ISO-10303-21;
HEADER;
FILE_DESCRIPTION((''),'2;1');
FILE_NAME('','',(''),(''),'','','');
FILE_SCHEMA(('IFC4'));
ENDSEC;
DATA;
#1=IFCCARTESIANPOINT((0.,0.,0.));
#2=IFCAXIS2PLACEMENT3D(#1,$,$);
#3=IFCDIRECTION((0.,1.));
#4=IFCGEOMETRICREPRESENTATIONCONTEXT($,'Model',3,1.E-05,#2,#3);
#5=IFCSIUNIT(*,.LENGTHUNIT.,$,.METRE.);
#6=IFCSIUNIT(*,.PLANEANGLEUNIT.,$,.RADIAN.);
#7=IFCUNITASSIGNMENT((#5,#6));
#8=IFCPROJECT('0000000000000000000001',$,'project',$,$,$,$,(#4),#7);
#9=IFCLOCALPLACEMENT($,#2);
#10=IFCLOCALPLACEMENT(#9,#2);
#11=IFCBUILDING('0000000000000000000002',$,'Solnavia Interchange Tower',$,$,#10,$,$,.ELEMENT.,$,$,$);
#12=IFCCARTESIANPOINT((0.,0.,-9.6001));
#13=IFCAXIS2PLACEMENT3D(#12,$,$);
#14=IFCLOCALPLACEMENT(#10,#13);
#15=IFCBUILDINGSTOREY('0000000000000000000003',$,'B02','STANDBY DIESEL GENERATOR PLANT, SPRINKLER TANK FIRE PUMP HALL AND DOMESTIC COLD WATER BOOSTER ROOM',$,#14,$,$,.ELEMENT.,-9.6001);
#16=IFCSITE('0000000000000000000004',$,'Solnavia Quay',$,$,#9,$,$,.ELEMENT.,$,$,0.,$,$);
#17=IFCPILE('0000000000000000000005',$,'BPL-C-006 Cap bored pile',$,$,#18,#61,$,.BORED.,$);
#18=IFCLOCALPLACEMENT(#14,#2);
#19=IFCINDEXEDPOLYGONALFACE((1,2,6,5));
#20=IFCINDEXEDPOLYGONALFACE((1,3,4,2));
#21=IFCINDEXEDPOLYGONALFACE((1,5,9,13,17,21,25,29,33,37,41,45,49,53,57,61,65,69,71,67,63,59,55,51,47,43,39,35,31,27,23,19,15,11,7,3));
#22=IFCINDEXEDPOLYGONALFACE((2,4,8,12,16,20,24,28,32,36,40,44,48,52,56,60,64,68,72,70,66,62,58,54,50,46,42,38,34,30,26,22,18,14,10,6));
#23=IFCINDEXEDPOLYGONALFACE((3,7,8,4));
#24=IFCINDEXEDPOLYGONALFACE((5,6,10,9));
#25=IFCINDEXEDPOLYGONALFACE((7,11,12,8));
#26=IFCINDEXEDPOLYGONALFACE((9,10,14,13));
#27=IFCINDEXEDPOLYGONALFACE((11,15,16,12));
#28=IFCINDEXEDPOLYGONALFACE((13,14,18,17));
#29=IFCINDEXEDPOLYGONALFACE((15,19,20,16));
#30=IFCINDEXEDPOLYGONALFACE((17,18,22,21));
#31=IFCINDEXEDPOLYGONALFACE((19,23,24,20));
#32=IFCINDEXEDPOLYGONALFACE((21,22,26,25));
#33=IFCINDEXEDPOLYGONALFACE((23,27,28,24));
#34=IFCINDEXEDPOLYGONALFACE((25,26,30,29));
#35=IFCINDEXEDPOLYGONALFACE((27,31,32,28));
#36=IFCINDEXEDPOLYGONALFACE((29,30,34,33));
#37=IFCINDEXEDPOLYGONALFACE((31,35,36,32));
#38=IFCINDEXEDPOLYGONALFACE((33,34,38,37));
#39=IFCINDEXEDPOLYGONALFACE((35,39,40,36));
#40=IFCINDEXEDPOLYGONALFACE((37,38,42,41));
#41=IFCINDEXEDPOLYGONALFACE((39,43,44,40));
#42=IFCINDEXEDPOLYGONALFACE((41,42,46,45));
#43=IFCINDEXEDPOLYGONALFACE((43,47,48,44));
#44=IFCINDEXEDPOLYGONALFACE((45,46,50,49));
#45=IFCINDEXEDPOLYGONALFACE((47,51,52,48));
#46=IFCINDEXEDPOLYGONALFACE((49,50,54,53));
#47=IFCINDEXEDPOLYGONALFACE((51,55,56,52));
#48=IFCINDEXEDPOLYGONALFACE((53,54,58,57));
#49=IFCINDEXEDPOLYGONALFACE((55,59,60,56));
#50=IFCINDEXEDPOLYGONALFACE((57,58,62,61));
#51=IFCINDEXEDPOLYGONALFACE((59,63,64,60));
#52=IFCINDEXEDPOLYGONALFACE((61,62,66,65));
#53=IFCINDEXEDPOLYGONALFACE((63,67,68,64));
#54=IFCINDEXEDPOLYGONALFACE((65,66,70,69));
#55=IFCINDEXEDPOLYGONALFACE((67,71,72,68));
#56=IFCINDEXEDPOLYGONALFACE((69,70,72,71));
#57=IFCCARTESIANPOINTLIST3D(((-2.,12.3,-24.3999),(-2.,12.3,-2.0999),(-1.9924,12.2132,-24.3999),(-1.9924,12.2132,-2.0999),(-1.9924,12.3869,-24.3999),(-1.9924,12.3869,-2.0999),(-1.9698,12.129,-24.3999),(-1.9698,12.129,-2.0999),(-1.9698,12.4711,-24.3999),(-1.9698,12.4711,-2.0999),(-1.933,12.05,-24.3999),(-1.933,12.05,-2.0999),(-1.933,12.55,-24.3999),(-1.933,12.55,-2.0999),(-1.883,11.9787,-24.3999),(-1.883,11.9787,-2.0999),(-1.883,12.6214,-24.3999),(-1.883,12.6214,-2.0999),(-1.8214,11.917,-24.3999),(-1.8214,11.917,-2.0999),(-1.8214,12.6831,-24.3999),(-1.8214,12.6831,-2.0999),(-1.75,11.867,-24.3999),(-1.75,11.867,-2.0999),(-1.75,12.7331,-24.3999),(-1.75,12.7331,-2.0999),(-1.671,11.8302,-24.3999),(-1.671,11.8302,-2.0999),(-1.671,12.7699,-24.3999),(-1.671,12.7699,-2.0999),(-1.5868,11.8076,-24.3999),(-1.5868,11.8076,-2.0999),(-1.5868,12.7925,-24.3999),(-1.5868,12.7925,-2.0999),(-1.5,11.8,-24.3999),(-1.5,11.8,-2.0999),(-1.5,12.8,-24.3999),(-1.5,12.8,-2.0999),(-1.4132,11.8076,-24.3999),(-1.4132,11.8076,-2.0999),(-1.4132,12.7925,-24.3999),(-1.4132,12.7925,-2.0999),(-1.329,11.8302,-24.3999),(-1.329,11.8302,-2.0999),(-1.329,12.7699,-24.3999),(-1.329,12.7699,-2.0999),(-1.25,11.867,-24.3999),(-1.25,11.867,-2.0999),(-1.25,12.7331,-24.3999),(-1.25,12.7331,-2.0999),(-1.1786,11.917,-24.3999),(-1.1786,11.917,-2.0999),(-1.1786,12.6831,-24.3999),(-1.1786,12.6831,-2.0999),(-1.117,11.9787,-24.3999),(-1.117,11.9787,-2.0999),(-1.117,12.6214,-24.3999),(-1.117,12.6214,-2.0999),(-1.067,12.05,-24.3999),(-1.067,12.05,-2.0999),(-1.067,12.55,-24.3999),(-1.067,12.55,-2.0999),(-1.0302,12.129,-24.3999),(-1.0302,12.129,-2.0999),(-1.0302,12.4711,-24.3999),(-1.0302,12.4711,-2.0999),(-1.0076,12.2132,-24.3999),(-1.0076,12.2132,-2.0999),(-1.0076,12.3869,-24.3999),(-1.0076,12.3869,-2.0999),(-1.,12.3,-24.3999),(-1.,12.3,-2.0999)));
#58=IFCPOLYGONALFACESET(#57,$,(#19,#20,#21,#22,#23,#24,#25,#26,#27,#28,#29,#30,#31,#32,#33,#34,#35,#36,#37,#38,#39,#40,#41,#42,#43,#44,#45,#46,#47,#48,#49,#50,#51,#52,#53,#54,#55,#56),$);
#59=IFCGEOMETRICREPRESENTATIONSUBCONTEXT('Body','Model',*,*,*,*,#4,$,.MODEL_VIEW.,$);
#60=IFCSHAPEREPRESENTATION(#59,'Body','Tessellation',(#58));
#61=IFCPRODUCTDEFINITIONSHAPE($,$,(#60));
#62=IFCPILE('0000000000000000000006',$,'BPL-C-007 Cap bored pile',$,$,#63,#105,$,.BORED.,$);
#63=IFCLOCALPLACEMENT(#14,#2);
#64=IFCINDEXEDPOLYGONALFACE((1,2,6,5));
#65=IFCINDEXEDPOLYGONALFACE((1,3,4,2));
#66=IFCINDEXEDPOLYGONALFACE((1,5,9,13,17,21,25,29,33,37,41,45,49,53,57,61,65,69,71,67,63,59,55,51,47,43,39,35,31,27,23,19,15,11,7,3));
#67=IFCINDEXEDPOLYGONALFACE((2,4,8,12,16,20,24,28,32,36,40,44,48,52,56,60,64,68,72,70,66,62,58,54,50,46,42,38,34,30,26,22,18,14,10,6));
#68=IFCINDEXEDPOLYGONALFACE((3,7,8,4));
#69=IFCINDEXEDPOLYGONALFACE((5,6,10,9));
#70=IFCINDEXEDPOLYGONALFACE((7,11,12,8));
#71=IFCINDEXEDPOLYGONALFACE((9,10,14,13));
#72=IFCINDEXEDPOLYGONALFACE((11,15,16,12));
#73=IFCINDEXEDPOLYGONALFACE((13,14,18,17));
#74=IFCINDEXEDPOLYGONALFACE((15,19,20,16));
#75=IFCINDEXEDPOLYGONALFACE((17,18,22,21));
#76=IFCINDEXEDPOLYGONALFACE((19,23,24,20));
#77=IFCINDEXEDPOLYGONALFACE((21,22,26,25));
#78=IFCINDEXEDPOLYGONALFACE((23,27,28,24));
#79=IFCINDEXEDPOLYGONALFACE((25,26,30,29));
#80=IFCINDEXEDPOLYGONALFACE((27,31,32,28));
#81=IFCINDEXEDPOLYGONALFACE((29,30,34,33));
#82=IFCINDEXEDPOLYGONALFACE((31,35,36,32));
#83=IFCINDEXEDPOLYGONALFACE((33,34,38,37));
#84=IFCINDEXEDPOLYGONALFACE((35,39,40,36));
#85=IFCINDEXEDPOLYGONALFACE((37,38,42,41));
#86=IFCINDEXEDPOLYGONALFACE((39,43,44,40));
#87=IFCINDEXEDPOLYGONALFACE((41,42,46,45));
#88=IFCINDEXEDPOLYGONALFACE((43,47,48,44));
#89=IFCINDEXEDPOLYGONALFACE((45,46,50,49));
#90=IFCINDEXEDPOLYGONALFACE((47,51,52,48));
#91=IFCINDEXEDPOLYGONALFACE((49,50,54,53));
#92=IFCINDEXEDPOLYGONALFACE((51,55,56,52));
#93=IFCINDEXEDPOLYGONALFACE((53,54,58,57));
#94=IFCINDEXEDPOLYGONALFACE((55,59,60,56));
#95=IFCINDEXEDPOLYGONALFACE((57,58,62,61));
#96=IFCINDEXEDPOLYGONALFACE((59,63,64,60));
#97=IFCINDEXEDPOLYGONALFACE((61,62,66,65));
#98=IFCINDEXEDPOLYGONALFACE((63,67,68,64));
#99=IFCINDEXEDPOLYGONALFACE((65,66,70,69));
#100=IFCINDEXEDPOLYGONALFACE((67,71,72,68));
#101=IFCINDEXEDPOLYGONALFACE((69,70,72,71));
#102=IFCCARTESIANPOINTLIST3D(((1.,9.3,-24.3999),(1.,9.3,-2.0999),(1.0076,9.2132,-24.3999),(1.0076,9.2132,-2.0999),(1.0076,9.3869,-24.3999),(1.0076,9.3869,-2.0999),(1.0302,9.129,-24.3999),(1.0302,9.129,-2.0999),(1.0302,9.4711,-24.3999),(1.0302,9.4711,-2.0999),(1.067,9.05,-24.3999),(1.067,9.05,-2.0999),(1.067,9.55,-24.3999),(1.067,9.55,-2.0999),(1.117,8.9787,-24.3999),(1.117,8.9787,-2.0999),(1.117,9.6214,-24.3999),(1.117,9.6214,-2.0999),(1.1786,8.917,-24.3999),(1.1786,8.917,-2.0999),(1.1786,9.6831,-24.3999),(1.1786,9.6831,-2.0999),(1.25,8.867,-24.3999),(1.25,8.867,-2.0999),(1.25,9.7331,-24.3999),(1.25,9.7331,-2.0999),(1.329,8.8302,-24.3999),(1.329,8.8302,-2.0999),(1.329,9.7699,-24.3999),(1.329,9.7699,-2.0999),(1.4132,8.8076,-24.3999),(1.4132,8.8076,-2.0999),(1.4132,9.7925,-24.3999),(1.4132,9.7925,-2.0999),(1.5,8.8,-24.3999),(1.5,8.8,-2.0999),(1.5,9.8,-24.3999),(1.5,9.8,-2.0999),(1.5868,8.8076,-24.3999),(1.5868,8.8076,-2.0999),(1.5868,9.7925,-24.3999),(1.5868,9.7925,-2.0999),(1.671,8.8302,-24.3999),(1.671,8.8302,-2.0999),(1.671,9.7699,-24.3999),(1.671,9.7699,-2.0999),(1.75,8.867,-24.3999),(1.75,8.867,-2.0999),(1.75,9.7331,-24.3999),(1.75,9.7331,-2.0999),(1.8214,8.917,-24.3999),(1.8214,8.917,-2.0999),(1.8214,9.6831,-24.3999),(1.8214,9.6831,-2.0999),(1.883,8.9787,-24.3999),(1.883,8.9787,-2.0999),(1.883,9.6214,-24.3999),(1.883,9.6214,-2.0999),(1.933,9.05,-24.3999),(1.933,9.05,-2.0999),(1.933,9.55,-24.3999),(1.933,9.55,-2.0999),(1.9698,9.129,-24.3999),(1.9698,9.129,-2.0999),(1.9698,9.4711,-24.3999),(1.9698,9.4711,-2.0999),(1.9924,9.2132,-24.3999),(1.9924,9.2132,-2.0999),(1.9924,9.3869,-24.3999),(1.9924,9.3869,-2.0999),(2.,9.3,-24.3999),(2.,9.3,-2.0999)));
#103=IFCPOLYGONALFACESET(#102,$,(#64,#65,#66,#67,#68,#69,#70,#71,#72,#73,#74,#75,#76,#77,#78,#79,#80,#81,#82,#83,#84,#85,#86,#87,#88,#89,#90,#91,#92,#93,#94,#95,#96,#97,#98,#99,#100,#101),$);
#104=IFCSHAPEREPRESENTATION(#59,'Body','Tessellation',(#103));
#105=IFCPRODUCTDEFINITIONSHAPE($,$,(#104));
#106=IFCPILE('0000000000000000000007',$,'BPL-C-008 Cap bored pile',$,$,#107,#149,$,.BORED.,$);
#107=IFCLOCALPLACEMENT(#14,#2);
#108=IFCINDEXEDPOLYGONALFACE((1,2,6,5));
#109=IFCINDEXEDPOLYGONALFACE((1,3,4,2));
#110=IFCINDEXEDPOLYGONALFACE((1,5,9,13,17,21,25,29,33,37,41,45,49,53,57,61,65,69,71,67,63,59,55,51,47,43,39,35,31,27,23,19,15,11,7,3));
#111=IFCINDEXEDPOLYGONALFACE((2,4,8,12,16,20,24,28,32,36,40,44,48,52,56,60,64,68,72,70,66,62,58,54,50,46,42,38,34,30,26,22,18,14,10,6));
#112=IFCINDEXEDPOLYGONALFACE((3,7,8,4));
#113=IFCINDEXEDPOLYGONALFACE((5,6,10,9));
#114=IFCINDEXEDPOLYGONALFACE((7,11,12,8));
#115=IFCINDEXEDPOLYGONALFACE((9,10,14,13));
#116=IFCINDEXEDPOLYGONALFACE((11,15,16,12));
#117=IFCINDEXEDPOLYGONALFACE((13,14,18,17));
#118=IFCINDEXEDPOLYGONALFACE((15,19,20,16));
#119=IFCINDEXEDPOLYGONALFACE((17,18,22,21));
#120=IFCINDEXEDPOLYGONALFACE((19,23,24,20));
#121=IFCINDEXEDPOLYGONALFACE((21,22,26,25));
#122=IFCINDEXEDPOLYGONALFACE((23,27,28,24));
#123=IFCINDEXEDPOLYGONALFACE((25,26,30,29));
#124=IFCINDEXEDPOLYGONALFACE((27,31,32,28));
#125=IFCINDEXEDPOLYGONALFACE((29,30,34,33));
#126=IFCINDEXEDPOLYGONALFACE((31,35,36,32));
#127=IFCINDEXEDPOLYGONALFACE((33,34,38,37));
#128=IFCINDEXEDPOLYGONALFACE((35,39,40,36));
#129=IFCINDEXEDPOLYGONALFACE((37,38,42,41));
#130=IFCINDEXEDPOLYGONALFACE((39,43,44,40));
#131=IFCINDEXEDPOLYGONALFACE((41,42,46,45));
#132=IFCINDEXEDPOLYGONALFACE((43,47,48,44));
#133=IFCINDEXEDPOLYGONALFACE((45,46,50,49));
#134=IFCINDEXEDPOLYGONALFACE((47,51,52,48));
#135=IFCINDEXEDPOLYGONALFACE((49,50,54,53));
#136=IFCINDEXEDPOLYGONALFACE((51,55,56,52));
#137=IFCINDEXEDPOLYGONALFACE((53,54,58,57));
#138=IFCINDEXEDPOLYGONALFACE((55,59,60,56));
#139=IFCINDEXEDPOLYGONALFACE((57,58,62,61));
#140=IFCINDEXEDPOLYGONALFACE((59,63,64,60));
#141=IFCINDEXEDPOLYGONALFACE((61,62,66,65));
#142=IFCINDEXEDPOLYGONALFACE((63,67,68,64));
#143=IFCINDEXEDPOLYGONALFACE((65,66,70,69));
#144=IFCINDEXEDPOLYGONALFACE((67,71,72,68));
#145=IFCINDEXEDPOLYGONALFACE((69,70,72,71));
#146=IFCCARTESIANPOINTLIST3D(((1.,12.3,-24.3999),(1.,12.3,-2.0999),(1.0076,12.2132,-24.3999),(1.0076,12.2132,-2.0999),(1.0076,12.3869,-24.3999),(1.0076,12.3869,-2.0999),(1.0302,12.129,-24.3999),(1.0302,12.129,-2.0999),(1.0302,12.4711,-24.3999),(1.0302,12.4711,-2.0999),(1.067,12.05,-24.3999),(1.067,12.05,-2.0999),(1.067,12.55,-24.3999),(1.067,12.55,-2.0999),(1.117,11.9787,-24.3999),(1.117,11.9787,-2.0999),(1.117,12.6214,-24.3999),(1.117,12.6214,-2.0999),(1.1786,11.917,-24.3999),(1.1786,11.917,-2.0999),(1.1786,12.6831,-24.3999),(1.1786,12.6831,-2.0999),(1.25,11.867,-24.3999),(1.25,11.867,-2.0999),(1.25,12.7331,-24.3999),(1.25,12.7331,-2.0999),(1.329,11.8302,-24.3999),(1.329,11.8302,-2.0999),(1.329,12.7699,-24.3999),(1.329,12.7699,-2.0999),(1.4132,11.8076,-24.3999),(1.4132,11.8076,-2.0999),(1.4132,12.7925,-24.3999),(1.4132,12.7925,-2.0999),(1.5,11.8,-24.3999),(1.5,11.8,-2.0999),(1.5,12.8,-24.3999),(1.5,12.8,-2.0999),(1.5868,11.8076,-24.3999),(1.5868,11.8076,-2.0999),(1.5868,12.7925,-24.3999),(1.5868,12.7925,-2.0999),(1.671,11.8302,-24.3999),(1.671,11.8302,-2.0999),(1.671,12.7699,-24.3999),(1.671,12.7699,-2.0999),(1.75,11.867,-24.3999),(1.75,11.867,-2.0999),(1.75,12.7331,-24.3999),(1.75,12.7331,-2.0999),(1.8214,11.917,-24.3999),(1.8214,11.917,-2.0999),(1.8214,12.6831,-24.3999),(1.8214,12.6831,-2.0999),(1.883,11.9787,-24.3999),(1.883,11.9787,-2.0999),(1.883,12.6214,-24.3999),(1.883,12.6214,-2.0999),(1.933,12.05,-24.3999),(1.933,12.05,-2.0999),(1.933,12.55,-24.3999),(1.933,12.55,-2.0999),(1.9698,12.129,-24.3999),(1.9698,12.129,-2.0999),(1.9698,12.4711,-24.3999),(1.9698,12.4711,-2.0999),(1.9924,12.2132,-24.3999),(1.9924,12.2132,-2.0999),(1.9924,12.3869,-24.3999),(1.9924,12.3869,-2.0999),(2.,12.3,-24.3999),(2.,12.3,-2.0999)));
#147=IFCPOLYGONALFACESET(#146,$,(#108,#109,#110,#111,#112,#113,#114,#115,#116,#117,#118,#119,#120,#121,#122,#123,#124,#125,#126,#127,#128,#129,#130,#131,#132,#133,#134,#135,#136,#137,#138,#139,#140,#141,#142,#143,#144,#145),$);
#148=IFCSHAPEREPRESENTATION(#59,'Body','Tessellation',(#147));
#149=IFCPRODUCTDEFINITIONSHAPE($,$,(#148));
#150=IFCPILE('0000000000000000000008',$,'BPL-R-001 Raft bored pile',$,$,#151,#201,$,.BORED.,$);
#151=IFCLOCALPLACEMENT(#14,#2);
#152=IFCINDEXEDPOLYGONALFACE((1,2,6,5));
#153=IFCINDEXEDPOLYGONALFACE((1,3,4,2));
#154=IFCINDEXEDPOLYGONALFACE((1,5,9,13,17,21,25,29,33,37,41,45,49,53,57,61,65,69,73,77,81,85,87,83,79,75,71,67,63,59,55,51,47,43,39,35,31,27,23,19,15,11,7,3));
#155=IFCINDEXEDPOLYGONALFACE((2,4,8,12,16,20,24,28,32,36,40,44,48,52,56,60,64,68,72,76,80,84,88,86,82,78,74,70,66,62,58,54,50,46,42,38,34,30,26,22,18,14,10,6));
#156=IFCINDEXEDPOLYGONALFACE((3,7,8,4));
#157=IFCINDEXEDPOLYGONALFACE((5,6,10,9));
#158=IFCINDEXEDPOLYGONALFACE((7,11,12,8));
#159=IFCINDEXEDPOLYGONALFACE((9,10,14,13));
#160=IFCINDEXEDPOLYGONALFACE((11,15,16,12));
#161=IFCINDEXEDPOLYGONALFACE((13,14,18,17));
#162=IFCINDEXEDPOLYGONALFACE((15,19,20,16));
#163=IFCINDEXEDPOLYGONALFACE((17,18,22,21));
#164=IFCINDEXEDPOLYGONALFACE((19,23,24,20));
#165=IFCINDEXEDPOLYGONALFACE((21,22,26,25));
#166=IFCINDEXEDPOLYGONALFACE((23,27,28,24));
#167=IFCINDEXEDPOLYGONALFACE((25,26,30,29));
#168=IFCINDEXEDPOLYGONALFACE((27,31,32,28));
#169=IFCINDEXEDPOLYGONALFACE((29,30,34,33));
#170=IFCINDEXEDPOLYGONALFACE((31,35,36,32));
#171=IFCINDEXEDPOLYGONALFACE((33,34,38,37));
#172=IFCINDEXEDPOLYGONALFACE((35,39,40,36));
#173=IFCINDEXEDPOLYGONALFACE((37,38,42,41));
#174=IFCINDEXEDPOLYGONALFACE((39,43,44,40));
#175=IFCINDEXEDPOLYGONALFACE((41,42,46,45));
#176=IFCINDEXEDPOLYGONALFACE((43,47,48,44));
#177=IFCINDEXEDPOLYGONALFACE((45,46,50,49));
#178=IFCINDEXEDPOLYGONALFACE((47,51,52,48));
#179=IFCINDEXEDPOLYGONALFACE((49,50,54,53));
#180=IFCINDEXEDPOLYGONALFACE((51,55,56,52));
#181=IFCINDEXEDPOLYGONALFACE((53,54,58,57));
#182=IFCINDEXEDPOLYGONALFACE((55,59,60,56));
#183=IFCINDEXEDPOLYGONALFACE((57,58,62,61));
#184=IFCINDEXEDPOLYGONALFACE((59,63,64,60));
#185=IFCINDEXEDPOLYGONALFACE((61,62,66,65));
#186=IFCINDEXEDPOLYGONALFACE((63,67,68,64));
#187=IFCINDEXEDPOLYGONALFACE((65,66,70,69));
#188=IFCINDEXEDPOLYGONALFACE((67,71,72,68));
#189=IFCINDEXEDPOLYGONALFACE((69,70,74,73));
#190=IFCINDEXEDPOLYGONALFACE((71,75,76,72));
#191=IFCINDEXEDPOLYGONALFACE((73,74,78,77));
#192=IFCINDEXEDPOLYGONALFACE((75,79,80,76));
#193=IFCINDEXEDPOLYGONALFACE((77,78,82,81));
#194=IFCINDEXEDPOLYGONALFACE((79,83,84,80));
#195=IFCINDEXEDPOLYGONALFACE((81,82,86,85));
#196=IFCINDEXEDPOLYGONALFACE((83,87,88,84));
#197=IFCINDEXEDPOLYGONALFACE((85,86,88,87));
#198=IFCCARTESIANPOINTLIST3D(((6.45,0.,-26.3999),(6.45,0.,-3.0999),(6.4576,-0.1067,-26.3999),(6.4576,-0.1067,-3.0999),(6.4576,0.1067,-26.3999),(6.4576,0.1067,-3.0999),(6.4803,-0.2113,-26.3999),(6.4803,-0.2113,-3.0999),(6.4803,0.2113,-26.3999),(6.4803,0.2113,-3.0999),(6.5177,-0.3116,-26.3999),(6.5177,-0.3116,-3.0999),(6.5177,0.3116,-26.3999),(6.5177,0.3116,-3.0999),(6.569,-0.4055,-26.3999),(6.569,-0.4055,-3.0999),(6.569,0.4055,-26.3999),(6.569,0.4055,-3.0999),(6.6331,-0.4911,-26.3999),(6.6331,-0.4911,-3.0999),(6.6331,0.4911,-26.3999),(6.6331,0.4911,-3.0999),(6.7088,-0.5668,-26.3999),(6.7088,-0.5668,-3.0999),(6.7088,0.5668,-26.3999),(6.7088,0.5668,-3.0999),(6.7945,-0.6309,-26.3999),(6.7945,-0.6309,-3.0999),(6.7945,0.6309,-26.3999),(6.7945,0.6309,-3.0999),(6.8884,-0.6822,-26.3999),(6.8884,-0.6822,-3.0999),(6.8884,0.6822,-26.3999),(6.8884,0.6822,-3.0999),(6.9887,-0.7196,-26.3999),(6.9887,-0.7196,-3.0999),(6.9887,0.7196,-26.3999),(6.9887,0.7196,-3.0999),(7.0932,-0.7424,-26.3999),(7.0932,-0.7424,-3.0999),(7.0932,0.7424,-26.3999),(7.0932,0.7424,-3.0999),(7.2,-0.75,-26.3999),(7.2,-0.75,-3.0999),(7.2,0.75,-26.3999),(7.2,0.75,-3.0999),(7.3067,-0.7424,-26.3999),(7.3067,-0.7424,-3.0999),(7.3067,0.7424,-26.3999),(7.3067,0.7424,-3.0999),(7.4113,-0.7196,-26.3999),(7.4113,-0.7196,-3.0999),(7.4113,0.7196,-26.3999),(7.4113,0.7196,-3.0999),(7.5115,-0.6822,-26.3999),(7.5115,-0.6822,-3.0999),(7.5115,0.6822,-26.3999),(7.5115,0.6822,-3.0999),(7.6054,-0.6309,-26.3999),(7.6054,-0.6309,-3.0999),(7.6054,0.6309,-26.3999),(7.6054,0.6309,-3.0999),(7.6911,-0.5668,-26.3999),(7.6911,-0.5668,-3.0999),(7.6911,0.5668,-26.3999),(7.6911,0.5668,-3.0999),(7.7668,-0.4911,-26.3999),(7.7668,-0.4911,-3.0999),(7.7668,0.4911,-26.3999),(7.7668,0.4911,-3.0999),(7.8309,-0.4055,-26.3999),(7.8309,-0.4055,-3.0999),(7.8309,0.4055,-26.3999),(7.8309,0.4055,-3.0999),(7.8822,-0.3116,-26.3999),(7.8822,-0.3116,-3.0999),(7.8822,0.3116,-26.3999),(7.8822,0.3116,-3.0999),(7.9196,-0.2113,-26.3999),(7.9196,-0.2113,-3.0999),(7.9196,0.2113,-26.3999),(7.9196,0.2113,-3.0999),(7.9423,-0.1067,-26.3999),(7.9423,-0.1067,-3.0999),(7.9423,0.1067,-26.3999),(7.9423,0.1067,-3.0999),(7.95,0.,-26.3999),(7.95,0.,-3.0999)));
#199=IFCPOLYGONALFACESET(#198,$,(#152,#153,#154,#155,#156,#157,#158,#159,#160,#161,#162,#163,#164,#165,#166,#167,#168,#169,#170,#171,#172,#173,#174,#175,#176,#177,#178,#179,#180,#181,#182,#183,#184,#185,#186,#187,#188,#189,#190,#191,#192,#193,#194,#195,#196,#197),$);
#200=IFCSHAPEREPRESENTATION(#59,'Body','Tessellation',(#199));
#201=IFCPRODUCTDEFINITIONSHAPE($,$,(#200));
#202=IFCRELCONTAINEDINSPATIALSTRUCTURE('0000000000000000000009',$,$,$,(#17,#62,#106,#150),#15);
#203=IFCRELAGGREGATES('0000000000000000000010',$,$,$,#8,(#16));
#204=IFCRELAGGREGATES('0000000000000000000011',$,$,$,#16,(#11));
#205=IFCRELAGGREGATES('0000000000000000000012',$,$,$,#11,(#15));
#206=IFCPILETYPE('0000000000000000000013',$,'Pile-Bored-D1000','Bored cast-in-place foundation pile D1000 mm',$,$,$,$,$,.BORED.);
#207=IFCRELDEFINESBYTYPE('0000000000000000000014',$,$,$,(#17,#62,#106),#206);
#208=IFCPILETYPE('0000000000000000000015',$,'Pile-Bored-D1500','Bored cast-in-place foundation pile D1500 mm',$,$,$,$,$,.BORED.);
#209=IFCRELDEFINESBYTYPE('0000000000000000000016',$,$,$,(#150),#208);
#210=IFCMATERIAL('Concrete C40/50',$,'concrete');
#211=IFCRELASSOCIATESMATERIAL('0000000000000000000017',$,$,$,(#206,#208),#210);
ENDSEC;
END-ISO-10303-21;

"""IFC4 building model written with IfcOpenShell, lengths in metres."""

from ifc_helpers import new_model, si_unit, direction, frame, origin, origin_2d, place, context, subcontext, project, spatial, circle, extrude, material, material_profile, profile_set, type_object, element, save


model = new_model("IFC4")

# Units and contexts
model_context = context("Model", 3, precision=1e-05, world=origin(), true_north=direction((0.0, 1.0)))
body_context = subcontext(model_context, "Body", "Model", "MODEL_VIEW")
ifc_project = project(units=[si_unit("LENGTHUNIT", "METRE"), si_unit("PLANEANGLEUNIT", "RADIAN")], contexts=[model_context])

# Site, building, storey
site_placement = place(None, origin())
site = spatial("IfcSite", under=ifc_project, at=site_placement, Name="Solnavia Quay", CompositionType="ELEMENT", RefElevation=0.0)
building_placement = place(site_placement, origin())
building = spatial("IfcBuilding", under=site, at=building_placement, Name="Solnavia Interchange Tower", CompositionType="ELEMENT")
storey_placement = place(building_placement, frame((0.0, 0.0, -9.6001)))
storey = spatial("IfcBuildingStorey", under=building, at=storey_placement, Name="B02", Description="STANDBY DIESEL GENERATOR PLANT, SPRINKLER TANK FIRE PUMP HALL AND DOMESTIC COLD WATER BOOSTER ROOM", CompositionType="ELEMENT", Elevation=-9.6001)

# Shared definitions
ifc_material_1 = material(Name="Concrete C40/50", Category="concrete")

# Piles
ifc_material_profile_1 = material_profile(ifc_material_1, circle(Radius=0.5, at=origin_2d()), Name="PILE D1000")
ifc_profile_set_1 = profile_set([ifc_material_profile_1], Name="Concrete C40/50")
pile_type_1 = type_object("IfcPileType", Name="Pile-Bored-D1000", Description="Bored cast-in-place foundation pile D1000 mm", PredefinedType="BORED", material=ifc_profile_set_1)
for number, where, z_axis, x_axis, name in (
    (1, (-1.5, 12.3, -2.0999), (0.0, 0.0, -1.0), (1.0, 0.0, 0.0), "BPL-C-006 Cap bored pile"),
    (2, (1.5, 9.3, -2.0999), (0.0, 0.0, -1.0), (1.0, 0.0, 0.0), "BPL-C-007 Cap bored pile"),
    (3, (1.5, 12.3, -2.0999), (0.0, 0.0, -1.0), (1.0, 0.0, 0.0), "BPL-C-008 Cap bored pile"),
):
    element("IfcPile", number, at=place(storey_placement, frame(where, z_axis=z_axis, x_axis=x_axis)), inside=storey, type_object=pile_type_1, Name=name, PredefinedType="BORED", context=body_context, shape_type="SweptSolid", body=[
        extrude(circle(Radius=0.5, at=origin_2d()), origin(), (0.0, 0.0, 1.0), 22.3),
    ])
ifc_material_profile_2 = material_profile(ifc_material_1, circle(Radius=0.75, at=origin_2d()), Name="PILE D1500")
ifc_profile_set_2 = profile_set([ifc_material_profile_2], Name="Concrete C40/50")
pile_type_2 = type_object("IfcPileType", Name="Pile-Bored-D1500", Description="Bored cast-in-place foundation pile D1500 mm", PredefinedType="BORED", material=ifc_profile_set_2)
for number, where, z_axis, x_axis, name in (
    (4, (7.2, 0.0, -3.0999), (0.0, 0.0, -1.0), (1.0, 0.0, 0.0), "BPL-R-001 Raft bored pile"),
):
    element("IfcPile", number, at=place(storey_placement, frame(where, z_axis=z_axis, x_axis=x_axis)), inside=storey, type_object=pile_type_2, Name=name, PredefinedType="BORED", context=body_context, shape_type="SweptSolid", body=[
        extrude(circle(Radius=0.75, at=origin_2d()), origin(), (0.0, 0.0, 1.0), 23.3),
    ])

save(model, "model.ifc")
